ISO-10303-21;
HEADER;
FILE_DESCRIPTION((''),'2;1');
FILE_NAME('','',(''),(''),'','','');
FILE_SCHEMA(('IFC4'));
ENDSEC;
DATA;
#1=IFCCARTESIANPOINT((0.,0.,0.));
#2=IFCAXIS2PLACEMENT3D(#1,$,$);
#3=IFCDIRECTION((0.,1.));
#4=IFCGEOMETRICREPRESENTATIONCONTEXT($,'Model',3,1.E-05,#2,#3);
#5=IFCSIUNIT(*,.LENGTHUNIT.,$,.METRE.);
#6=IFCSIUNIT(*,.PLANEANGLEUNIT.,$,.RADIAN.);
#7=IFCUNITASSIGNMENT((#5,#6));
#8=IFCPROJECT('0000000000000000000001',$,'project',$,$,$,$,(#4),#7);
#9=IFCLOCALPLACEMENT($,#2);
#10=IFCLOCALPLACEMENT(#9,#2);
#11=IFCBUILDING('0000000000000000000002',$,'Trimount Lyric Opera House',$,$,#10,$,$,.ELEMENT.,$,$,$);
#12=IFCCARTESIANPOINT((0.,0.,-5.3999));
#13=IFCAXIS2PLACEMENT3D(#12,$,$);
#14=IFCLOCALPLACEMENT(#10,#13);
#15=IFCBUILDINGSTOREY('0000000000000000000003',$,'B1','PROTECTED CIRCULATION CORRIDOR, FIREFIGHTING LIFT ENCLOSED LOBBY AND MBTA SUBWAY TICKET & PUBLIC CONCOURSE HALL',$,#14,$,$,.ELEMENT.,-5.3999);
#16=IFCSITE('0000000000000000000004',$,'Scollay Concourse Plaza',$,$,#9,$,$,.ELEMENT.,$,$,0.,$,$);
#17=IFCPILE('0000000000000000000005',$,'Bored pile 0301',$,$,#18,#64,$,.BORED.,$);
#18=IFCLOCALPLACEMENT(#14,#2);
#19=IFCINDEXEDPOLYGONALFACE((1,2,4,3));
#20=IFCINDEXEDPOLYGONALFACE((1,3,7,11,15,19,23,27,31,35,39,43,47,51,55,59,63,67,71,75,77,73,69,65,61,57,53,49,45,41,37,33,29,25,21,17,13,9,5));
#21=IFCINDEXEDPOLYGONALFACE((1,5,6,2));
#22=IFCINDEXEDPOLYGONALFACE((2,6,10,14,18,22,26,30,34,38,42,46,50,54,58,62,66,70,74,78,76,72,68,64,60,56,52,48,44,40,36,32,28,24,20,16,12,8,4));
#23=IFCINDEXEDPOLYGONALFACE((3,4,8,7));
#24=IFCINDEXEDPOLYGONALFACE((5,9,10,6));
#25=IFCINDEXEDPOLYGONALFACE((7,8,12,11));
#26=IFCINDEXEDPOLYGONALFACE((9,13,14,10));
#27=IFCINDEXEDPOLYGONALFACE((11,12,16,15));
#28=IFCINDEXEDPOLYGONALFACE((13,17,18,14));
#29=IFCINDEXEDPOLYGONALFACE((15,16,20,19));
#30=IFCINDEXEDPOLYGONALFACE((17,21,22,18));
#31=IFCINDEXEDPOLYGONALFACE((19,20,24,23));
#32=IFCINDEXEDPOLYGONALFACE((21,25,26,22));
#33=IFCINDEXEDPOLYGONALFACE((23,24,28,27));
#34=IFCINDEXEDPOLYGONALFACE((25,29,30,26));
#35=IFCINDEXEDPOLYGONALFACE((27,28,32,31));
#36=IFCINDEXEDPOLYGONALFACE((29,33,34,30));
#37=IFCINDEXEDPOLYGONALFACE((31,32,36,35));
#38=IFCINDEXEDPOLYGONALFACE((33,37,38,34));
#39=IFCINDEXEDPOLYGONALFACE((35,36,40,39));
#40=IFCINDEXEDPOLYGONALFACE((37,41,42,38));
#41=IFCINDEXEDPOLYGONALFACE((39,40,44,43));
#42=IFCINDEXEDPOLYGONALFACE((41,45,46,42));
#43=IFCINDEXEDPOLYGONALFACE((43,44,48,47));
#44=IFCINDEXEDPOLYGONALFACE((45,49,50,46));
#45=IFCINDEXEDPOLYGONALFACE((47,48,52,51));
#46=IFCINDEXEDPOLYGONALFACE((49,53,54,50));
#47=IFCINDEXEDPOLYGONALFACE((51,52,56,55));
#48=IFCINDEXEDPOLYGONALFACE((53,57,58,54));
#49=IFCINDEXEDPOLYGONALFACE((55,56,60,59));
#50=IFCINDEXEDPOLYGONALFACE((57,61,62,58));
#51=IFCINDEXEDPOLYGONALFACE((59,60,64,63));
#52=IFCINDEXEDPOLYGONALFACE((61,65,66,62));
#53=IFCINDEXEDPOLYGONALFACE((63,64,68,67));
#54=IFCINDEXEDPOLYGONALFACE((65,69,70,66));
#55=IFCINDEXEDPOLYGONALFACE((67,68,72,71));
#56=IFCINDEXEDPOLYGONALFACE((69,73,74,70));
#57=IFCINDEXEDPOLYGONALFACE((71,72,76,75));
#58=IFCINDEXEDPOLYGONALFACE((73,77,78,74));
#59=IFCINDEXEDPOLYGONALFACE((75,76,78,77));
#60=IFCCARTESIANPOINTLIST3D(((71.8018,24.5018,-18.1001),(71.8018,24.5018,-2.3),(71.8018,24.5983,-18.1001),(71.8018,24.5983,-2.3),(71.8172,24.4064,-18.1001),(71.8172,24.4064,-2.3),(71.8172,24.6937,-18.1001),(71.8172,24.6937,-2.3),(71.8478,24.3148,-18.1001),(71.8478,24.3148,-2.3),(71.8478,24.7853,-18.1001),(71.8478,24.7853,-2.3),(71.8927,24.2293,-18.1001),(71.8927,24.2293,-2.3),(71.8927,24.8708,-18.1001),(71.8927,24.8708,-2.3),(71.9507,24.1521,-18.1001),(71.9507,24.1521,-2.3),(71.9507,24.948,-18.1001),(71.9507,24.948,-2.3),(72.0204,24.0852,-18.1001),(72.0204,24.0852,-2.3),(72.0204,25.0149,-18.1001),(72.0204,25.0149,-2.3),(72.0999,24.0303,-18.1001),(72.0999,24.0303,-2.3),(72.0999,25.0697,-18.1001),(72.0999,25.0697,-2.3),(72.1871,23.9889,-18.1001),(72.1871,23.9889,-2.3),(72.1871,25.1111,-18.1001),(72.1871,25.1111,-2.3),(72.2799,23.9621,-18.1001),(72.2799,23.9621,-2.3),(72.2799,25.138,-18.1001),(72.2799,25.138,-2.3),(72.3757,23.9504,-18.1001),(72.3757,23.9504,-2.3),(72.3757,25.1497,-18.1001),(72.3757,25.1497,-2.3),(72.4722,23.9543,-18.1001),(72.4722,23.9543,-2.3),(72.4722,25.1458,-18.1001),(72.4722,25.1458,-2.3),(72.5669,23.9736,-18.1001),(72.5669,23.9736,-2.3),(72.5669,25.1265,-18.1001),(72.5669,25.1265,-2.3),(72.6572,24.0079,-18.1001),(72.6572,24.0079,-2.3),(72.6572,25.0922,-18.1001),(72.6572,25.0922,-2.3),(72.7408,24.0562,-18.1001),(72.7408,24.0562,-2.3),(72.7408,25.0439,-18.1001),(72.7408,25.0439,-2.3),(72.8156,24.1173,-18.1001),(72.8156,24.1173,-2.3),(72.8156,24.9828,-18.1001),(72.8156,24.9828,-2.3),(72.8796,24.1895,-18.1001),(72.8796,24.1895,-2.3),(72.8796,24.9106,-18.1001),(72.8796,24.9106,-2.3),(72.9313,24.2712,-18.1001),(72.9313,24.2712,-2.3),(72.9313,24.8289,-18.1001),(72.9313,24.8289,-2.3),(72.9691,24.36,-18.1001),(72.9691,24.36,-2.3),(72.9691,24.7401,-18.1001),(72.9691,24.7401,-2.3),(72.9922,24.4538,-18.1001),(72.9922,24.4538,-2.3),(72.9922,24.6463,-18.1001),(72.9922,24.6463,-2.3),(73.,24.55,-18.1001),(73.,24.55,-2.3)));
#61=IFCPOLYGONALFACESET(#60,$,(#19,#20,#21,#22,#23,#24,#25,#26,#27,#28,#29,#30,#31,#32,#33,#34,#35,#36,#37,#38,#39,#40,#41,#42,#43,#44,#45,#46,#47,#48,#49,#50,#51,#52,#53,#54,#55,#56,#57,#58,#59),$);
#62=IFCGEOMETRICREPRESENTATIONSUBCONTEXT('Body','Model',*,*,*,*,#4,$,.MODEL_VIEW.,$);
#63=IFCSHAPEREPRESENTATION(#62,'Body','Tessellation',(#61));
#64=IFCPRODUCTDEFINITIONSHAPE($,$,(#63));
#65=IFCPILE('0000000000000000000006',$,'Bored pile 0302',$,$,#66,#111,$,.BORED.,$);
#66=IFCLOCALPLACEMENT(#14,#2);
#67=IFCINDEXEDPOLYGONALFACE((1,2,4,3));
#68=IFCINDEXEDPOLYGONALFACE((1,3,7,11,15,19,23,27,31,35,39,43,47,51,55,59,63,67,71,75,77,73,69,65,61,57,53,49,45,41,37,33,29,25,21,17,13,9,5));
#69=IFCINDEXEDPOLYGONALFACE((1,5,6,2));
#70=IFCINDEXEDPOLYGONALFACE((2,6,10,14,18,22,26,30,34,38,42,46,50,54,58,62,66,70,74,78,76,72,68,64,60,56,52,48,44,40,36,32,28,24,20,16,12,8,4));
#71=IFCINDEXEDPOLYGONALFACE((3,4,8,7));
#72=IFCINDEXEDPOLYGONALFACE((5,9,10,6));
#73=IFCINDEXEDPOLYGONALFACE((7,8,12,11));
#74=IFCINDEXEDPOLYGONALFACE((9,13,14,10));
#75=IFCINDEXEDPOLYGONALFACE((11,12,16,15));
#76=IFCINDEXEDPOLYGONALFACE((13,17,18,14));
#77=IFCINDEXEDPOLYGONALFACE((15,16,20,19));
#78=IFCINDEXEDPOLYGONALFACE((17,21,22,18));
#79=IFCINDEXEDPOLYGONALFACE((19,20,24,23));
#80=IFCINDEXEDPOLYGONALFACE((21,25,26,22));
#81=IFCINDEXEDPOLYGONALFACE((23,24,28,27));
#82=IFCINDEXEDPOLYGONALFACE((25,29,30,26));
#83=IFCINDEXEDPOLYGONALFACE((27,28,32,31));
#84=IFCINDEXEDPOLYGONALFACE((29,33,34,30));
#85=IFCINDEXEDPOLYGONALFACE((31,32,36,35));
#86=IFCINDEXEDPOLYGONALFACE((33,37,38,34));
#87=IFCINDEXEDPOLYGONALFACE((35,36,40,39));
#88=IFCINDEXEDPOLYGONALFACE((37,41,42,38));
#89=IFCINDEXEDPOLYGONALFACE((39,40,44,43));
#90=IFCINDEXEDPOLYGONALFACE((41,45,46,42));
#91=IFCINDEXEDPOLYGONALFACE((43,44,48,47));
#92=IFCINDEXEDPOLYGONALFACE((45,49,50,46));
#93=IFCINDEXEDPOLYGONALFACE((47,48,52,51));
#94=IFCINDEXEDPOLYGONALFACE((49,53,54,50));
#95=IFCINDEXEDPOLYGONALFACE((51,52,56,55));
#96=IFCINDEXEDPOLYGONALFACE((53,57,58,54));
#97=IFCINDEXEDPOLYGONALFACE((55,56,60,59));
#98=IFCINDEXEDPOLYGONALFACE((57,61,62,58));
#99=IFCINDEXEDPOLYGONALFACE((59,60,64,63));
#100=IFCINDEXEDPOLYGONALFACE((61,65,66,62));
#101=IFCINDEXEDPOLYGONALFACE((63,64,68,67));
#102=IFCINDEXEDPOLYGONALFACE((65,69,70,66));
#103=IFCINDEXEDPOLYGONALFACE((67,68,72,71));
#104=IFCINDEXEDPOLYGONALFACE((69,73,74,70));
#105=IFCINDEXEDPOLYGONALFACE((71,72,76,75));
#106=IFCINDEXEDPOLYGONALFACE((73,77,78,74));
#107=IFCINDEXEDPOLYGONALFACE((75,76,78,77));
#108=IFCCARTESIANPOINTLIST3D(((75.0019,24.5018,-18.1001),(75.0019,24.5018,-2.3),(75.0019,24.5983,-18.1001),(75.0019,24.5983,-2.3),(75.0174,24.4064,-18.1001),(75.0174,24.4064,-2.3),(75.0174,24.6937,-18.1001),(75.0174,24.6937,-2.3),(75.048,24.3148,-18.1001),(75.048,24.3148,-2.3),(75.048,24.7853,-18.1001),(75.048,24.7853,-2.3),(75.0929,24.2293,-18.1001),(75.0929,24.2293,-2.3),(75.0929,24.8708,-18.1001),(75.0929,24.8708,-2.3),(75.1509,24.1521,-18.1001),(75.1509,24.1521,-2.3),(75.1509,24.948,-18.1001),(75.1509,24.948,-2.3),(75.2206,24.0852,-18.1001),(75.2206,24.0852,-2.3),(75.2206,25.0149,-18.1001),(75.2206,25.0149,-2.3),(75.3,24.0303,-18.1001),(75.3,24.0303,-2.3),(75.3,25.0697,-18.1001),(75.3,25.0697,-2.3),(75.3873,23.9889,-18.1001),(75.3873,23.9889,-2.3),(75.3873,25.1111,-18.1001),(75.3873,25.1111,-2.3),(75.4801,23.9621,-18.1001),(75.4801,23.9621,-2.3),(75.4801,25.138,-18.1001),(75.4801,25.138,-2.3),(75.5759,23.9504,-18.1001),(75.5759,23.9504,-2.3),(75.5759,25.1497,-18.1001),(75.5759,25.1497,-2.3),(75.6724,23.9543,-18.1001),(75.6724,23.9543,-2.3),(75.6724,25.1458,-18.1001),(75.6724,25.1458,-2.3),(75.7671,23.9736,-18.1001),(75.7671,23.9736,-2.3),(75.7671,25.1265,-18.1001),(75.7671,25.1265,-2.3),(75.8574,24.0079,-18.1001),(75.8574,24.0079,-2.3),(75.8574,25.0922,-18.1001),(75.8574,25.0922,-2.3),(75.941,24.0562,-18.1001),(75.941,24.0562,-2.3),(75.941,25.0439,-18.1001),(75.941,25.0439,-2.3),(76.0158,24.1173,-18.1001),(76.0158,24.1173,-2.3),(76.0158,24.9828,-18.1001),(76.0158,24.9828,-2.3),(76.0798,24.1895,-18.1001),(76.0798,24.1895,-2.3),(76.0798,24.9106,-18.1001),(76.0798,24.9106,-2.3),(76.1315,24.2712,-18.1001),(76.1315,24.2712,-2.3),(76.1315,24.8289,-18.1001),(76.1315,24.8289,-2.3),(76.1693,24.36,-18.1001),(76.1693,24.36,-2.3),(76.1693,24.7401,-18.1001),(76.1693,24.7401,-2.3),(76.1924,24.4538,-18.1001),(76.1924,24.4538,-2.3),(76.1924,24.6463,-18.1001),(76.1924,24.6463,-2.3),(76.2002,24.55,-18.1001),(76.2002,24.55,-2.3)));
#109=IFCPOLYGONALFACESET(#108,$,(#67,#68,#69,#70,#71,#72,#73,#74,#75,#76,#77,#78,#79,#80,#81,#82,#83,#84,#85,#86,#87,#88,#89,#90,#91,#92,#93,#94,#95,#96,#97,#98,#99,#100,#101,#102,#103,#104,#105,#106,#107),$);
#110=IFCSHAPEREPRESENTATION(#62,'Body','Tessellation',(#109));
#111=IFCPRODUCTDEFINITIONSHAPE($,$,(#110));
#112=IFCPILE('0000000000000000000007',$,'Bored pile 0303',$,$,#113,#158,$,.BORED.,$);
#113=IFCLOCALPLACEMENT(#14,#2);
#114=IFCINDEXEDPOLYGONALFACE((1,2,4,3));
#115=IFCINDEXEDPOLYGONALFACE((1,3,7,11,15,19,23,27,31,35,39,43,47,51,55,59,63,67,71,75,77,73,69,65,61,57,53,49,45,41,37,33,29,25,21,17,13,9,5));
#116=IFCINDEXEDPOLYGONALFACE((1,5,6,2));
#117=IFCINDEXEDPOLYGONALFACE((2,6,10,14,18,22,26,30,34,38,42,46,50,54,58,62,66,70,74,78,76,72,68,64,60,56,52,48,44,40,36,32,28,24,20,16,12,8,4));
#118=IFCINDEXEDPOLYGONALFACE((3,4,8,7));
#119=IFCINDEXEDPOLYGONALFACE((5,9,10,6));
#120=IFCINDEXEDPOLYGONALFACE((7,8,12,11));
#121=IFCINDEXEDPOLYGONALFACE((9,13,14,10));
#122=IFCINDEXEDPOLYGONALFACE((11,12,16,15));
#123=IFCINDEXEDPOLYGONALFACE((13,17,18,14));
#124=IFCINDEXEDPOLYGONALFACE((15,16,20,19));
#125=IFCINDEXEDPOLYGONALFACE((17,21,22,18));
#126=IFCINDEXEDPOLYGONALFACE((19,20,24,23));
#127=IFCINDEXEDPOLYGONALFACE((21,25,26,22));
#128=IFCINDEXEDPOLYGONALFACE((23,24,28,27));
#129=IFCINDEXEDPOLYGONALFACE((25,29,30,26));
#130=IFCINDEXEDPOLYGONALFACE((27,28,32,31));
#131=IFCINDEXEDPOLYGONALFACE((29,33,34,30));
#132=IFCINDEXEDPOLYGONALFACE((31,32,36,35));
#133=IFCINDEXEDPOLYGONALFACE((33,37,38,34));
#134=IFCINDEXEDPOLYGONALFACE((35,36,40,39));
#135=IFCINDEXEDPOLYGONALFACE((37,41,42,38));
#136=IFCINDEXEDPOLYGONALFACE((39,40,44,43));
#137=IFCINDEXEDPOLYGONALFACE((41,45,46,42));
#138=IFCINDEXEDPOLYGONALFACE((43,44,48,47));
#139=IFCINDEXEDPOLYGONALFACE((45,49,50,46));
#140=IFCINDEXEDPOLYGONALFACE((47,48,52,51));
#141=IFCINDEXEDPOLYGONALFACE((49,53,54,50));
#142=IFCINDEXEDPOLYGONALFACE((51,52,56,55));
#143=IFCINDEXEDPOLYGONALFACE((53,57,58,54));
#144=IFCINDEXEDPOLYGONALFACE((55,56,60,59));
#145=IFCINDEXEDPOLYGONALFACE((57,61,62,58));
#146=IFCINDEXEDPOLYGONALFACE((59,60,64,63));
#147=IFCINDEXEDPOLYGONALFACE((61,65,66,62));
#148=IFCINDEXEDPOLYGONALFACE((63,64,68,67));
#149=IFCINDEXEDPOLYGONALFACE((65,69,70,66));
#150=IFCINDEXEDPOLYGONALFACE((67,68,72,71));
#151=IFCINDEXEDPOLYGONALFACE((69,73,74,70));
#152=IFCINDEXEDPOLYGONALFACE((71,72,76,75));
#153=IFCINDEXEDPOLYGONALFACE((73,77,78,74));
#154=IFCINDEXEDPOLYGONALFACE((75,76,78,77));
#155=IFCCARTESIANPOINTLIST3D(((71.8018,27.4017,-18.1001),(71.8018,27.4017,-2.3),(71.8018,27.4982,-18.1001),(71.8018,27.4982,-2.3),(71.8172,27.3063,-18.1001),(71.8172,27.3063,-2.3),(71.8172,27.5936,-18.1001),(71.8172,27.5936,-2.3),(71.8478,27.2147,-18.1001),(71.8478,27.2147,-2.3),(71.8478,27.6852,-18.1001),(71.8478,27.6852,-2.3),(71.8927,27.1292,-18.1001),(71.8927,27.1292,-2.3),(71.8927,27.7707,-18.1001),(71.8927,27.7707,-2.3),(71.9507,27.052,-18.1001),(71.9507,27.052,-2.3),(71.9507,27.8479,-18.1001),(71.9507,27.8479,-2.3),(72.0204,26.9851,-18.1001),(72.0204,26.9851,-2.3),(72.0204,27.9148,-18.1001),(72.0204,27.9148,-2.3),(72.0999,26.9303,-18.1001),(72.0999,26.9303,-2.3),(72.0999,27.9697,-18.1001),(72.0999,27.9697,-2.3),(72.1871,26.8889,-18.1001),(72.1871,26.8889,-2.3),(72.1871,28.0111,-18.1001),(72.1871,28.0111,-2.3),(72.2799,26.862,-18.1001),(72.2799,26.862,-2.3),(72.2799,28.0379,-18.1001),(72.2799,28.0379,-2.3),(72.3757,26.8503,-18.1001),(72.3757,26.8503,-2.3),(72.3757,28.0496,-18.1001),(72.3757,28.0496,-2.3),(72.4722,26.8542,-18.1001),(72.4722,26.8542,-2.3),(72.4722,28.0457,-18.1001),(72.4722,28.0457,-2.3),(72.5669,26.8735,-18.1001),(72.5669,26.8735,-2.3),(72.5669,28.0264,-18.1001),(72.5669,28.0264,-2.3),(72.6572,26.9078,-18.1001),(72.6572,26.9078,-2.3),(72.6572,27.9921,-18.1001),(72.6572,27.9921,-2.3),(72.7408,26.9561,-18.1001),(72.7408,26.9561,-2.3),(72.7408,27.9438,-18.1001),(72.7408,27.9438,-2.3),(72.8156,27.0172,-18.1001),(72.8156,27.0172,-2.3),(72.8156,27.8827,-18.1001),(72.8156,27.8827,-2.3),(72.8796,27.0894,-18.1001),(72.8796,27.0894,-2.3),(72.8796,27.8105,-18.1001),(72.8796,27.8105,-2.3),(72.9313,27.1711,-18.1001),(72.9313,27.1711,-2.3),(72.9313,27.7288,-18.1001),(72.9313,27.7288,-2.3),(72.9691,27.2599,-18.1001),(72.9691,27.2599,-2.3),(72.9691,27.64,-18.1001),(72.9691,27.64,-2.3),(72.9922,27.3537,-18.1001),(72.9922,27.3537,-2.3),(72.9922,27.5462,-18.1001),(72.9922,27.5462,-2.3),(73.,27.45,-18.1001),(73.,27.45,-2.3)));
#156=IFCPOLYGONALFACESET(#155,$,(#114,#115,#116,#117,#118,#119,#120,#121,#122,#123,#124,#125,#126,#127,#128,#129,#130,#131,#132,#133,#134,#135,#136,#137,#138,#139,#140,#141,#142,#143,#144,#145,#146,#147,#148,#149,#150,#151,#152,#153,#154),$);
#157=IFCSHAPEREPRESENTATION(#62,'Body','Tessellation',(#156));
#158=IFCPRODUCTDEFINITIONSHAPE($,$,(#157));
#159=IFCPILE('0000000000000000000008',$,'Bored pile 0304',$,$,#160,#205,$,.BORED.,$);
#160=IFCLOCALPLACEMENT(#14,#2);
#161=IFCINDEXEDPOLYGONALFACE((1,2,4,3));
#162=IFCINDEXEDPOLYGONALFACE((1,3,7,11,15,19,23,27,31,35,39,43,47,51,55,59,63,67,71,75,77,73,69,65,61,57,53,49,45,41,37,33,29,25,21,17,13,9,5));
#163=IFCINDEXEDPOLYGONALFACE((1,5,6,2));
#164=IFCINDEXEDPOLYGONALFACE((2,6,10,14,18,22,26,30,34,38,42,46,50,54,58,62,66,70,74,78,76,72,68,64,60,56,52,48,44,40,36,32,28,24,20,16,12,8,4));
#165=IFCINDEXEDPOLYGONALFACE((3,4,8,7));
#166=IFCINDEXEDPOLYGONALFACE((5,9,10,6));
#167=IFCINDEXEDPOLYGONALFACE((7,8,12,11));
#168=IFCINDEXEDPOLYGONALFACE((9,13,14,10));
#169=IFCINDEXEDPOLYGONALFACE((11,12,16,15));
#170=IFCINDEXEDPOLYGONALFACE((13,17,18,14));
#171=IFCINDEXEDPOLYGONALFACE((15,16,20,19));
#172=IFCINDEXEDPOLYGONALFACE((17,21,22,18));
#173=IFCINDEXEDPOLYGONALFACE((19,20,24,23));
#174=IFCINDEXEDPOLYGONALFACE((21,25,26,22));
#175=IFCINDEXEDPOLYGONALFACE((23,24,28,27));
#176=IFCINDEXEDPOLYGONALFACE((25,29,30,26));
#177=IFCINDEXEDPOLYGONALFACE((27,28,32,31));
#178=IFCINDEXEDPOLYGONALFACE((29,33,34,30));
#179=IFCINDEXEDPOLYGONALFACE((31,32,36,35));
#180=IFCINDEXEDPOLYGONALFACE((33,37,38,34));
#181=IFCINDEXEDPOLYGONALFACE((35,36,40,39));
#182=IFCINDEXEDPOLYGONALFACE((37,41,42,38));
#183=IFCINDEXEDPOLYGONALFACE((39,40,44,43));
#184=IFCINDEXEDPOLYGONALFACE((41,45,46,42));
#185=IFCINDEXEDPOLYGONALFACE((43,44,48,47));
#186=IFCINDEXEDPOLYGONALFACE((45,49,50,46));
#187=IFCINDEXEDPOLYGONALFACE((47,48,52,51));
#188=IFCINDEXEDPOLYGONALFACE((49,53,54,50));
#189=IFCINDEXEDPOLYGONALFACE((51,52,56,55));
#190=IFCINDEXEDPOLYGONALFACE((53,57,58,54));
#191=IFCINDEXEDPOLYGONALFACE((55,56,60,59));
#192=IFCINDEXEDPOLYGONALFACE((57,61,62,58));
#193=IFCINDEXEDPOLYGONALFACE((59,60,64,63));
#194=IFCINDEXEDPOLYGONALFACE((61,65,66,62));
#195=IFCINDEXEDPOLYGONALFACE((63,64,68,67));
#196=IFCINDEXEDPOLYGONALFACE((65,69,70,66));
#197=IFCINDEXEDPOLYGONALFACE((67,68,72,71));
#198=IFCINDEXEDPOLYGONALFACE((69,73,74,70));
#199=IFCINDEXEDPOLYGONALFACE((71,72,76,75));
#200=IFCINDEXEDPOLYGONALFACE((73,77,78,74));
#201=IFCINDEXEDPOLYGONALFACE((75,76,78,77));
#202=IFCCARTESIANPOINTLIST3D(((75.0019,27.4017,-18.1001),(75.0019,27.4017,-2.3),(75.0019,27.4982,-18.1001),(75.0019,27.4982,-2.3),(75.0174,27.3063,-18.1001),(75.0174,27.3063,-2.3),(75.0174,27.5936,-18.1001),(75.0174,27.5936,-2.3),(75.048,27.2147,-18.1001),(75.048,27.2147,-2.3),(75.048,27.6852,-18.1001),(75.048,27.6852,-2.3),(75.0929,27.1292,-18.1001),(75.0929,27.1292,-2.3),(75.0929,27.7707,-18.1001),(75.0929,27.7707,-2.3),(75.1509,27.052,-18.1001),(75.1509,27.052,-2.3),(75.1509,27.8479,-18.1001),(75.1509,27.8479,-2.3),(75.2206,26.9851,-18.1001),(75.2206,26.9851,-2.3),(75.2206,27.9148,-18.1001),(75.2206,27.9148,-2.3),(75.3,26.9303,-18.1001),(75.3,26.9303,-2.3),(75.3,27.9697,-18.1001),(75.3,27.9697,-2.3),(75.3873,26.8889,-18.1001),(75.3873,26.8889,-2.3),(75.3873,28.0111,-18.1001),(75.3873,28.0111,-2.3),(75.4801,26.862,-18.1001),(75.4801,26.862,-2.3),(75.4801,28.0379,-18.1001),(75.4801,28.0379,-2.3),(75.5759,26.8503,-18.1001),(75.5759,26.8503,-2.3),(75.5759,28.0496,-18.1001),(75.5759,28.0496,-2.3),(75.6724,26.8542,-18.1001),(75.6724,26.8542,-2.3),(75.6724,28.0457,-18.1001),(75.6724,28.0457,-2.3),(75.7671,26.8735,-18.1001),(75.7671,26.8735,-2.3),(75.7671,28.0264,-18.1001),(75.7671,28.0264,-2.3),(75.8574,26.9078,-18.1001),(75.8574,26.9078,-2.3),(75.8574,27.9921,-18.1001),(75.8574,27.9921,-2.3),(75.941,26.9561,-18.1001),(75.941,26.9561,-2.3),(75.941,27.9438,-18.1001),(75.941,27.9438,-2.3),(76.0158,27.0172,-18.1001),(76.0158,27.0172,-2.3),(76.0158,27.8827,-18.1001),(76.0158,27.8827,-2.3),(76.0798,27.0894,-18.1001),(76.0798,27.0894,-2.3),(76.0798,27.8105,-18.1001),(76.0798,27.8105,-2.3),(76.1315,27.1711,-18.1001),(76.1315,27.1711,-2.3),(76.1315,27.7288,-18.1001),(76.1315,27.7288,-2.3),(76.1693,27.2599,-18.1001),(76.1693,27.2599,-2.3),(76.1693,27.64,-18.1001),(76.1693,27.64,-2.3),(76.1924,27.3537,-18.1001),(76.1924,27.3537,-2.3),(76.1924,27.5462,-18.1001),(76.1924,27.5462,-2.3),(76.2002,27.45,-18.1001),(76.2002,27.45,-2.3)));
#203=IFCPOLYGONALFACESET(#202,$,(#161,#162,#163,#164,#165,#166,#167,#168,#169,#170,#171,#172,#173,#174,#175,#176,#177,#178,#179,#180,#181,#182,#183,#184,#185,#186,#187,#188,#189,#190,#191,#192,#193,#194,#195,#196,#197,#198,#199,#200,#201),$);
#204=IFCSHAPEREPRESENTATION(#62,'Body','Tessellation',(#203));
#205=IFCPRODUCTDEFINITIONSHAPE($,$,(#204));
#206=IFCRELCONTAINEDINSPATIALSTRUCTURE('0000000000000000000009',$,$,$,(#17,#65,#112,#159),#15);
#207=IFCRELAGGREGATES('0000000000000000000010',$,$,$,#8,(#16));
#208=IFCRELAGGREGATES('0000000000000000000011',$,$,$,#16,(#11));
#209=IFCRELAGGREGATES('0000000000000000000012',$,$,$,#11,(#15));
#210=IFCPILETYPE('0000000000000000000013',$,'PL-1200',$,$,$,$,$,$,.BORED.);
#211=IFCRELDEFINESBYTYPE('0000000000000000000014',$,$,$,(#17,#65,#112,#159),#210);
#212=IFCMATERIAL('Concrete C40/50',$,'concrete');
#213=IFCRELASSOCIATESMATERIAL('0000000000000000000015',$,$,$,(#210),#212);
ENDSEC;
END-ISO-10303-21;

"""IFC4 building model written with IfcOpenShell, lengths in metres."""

from ifc_helpers import new_model, si_unit, direction, frame, origin, origin_2d, place, context, subcontext, project, spatial, circle, extrude, material, material_profile, profile_set, type_object, element, save


model = new_model("IFC4")

# Units and contexts
model_context = context("Model", 3, precision=1e-05, world=origin(), true_north=direction((0.0, 1.0)))
body_context = subcontext(model_context, "Body", "Model", "MODEL_VIEW")
ifc_project = project(units=[si_unit("LENGTHUNIT", "METRE"), si_unit("PLANEANGLEUNIT", "RADIAN")], contexts=[model_context])

# Site, building, storey
site_placement = place(None, origin())
site = spatial("IfcSite", under=ifc_project, at=site_placement, Name="Scollay Concourse Plaza", CompositionType="ELEMENT", RefElevation=0.0)
building_placement = place(site_placement, origin())
building = spatial("IfcBuilding", under=site, at=building_placement, Name="Trimount Lyric Opera House", CompositionType="ELEMENT")
storey_placement = place(building_placement, frame((0.0, 0.0, -5.3999)))
storey = spatial("IfcBuildingStorey", under=building, at=storey_placement, Name="B1", Description="PROTECTED CIRCULATION CORRIDOR, FIREFIGHTING LIFT ENCLOSED LOBBY AND MBTA SUBWAY TICKET & PUBLIC CONCOURSE HALL", CompositionType="ELEMENT", Elevation=-5.3999)

# Piles
ifc_material_1 = material(Name="Concrete C40/50", Category="concrete")
ifc_material_profile_1 = material_profile(ifc_material_1, circle(Radius=0.6001, at=origin_2d()), Name="PILE-D1200")
ifc_profile_set_1 = profile_set([ifc_material_profile_1], Name="Concrete C40/50")
pile_type_1 = type_object("IfcPileType", Name="PL-1200", PredefinedType="BORED", material=ifc_profile_set_1)
for number, where, z_axis, x_axis, name in (
    (1, (72.3999, 24.55, -2.3), (0.0, 0.0, -1.0), (1.0, 0.0, 0.0), "Bored pile 0301"),
    (2, (75.6001, 24.55, -2.3), (0.0, 0.0, -1.0), (1.0, 0.0, 0.0), "Bored pile 0302"),
    (3, (72.3999, 27.45, -2.3), (0.0, 0.0, -1.0), (1.0, 0.0, 0.0), "Bored pile 0303"),
    (4, (75.6001, 27.45, -2.3), (0.0, 0.0, -1.0), (1.0, 0.0, 0.0), "Bored pile 0304"),
):
    element("IfcPile", number, at=place(storey_placement, frame(where, z_axis=z_axis, x_axis=x_axis)), inside=storey, type_object=pile_type_1, Name=name, PredefinedType="BORED", context=body_context, shape_type="SweptSolid", body=[
        extrude(circle(Radius=0.6001, at=origin_2d()), origin(), (0.0, 0.0, 1.0), 15.8),
    ])

save(model, "model.ifc")
